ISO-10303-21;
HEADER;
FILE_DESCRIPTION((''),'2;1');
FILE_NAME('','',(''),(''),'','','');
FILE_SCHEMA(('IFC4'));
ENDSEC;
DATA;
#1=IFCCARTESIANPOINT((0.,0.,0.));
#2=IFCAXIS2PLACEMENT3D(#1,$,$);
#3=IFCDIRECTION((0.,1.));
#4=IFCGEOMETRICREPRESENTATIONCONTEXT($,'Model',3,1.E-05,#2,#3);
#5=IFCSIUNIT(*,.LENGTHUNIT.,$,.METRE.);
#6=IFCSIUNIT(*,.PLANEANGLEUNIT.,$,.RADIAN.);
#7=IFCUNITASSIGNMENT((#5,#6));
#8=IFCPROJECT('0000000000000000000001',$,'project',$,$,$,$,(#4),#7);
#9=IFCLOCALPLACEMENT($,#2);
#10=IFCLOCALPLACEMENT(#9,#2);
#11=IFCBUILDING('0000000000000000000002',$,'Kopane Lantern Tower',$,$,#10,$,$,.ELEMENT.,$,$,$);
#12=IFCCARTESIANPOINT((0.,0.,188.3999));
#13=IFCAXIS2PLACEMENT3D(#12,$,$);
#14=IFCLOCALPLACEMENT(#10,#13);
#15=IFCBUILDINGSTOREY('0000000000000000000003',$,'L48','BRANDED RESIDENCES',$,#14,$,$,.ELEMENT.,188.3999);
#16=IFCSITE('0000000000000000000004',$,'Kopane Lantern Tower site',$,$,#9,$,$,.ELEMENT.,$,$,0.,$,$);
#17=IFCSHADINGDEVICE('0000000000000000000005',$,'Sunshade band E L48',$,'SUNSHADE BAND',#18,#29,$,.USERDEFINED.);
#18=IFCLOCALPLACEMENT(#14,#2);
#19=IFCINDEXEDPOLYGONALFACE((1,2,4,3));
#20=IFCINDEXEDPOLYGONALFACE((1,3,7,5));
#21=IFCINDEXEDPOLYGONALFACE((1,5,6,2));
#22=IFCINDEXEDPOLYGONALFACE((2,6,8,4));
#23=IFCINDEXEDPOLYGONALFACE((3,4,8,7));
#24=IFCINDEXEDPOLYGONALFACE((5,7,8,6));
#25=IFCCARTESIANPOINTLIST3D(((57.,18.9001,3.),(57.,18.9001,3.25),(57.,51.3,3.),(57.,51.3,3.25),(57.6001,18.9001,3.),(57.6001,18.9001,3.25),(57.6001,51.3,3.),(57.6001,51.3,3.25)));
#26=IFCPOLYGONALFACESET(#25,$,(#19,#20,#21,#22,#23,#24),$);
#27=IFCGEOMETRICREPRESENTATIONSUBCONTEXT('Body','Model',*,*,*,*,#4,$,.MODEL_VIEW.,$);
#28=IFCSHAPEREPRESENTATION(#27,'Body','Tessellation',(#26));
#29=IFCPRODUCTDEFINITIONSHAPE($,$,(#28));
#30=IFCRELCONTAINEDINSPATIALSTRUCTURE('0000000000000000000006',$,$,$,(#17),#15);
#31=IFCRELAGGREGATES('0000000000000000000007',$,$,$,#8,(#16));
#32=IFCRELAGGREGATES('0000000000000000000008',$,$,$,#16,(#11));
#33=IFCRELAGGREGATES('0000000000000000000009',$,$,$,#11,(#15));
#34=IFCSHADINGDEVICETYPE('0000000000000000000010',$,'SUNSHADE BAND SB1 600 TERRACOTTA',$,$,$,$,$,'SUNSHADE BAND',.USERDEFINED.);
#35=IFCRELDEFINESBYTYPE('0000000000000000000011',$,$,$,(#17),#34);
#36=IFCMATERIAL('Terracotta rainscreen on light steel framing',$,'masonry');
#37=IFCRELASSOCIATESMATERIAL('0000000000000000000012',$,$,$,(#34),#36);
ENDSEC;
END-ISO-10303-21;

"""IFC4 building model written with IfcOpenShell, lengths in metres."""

from ifc_helpers import new_model, si_unit, direction, frame, origin, origin_2d, place, context, subcontext, project, spatial, rectangle, extrude, material, type_object, element, save


model = new_model("IFC4")

# Units and contexts
model_context = context("Model", 3, precision=1e-05, world=origin(), true_north=direction((0.0, 1.0)))
body_context = subcontext(model_context, "Body", "Model", "MODEL_VIEW")
ifc_project = project(units=[si_unit("LENGTHUNIT", "METRE"), si_unit("PLANEANGLEUNIT", "RADIAN")], contexts=[model_context])

# Site, building, storey
site_placement = place(None, origin())
site = spatial("IfcSite", under=ifc_project, at=site_placement, Name="Kopane Lantern Tower site", CompositionType="ELEMENT", RefElevation=0.0)
building_placement = place(site_placement, origin())
building = spatial("IfcBuilding", under=site, at=building_placement, Name="Kopane Lantern Tower", CompositionType="ELEMENT")
storey_placement = place(building_placement, frame((0.0, 0.0, 188.3999)))
storey = spatial("IfcBuildingStorey", under=building, at=storey_placement, Name="L48", Description="BRANDED RESIDENCES", CompositionType="ELEMENT", Elevation=188.3999)

# Shading device
ifc_material_1 = material(Name="Terracotta rainscreen on light steel framing", Category="masonry")
shading_device_type = type_object("IfcShadingDeviceType", Name="SUNSHADE BAND SB1 600 TERRACOTTA", ElementType="SUNSHADE BAND", PredefinedType="USERDEFINED", material=ifc_material_1)
shading_device_placement = place(storey_placement, frame((57.3, 35.1001, 3.0), z_axis=(0.0, 0.0, 1.0), x_axis=(0.0, 1.0, 0.0)))
element("IfcShadingDevice", 1, at=shading_device_placement, inside=storey, type_object=shading_device_type, Name="Sunshade band E L48", ObjectType="SUNSHADE BAND", PredefinedType="USERDEFINED", context=body_context, shape_type="SweptSolid", body=[
    extrude(rectangle(XDim=32.3999, YDim=0.6001, at=origin_2d()), origin(), (0.0, 0.0, 1.0), 0.25),
])

save(model, "model.ifc")
